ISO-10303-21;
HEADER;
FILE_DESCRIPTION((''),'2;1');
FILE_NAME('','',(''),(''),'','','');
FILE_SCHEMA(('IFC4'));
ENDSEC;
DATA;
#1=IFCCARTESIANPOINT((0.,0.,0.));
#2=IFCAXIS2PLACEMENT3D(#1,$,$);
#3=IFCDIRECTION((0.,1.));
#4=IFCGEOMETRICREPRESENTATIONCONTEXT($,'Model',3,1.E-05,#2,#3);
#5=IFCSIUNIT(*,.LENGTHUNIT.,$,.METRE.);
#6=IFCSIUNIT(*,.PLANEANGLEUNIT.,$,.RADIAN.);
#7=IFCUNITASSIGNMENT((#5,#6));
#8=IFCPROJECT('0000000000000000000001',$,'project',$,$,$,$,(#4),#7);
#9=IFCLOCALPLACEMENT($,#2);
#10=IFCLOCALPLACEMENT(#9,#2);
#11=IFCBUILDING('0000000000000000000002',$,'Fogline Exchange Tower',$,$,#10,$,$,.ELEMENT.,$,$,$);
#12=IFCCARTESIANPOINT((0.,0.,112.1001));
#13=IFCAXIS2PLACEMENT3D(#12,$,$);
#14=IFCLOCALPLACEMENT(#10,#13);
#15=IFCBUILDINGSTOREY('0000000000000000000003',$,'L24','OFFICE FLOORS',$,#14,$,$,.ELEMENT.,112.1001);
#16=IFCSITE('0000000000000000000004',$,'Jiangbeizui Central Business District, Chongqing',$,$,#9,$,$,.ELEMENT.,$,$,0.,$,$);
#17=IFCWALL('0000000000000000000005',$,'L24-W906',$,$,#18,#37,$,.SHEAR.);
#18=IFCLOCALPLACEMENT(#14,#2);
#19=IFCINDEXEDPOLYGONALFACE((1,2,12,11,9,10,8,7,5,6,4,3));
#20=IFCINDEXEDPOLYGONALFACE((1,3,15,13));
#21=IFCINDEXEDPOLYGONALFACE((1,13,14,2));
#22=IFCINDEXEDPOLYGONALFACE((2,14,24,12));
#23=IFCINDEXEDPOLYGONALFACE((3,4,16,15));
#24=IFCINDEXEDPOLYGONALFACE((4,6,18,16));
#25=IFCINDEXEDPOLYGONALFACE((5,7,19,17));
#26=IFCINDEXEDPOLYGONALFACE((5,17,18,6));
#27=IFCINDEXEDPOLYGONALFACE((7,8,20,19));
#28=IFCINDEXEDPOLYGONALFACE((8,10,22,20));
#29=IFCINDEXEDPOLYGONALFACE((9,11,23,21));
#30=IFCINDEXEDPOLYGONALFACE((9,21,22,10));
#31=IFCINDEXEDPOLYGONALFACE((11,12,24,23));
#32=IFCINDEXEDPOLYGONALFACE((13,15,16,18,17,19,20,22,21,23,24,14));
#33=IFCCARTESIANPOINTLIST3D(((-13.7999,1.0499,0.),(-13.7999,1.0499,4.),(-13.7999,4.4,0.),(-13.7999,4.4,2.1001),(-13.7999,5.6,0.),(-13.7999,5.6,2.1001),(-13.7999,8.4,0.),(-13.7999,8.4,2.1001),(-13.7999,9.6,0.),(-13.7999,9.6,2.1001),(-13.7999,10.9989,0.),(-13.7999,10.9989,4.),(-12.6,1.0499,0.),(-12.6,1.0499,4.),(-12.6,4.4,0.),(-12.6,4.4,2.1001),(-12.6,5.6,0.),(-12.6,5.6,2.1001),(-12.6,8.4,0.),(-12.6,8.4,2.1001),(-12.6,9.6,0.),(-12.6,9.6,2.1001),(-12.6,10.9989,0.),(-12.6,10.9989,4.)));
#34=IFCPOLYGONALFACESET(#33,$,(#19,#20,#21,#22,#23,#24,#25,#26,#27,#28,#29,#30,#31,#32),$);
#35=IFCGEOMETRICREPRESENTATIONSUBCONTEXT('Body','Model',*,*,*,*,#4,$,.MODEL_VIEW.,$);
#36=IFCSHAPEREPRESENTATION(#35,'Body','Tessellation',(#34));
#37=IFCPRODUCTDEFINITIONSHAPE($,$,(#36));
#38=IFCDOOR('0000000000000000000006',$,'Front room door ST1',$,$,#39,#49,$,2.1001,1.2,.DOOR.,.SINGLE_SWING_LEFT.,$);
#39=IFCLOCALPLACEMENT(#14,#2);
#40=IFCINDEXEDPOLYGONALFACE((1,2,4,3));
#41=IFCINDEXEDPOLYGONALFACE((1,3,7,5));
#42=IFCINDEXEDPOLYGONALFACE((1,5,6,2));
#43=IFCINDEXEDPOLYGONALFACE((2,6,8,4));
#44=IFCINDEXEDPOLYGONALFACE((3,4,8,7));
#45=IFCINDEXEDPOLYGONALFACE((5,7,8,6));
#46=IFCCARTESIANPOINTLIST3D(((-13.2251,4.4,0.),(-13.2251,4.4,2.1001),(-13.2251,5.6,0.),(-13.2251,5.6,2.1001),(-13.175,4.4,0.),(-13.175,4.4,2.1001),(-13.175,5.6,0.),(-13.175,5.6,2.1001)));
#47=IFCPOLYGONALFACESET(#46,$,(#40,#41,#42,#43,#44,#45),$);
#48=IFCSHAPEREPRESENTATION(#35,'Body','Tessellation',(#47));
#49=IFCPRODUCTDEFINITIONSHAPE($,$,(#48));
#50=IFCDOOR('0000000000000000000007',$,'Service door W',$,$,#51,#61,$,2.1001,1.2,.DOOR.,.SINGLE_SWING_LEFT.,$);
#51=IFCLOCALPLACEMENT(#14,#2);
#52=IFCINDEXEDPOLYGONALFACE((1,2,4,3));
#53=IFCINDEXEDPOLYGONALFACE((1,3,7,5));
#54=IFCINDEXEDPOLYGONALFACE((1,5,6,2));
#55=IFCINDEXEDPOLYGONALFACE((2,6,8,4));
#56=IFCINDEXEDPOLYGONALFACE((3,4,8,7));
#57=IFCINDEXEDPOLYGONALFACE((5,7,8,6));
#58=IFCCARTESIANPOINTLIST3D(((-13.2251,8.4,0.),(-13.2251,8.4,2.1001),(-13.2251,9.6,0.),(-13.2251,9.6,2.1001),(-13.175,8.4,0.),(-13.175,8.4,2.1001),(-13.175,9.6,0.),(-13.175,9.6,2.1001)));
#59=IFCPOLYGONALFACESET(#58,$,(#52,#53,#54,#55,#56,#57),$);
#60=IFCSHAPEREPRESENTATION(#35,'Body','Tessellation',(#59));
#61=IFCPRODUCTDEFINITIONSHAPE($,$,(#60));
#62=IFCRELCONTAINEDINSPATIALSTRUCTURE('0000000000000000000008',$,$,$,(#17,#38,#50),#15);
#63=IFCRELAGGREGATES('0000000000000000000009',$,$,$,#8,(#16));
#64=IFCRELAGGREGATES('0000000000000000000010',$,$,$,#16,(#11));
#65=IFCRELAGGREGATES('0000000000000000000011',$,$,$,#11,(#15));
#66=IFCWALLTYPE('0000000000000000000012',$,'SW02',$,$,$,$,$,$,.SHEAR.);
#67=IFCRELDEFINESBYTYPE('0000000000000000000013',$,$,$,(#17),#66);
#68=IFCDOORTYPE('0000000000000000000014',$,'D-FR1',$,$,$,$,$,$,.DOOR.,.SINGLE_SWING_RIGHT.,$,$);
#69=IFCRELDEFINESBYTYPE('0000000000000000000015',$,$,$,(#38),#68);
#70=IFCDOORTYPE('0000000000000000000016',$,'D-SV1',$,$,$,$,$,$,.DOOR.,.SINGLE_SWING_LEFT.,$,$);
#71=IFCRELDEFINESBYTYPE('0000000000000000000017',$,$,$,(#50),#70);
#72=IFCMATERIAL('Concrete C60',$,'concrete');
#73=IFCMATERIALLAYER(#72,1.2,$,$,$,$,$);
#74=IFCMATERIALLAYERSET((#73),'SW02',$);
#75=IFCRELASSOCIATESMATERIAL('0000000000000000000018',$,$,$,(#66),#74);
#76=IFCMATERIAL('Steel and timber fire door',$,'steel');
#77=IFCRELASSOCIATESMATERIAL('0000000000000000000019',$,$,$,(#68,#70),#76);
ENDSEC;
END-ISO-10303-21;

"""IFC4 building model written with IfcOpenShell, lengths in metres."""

from ifc_helpers import new_model, si_unit, direction, frame, frame_2d, origin, place, context, subcontext, project, spatial, rectangle, extrude, material, layer, layer_set, type_object, element, fill, save


model = new_model("IFC4")

# Units and contexts
model_context = context("Model", 3, precision=1e-05, world=origin(), true_north=direction((0.0, 1.0)))
body_context = subcontext(model_context, "Body", "Model", "MODEL_VIEW")
ifc_project = project(units=[si_unit("LENGTHUNIT", "METRE"), si_unit("PLANEANGLEUNIT", "RADIAN")], contexts=[model_context])

# Site, building, storey
site_placement = place(None, origin())
site = spatial("IfcSite", under=ifc_project, at=site_placement, Name="Jiangbeizui Central Business District, Chongqing", CompositionType="ELEMENT", RefElevation=0.0)
building_placement = place(site_placement, origin())
building = spatial("IfcBuilding", under=site, at=building_placement, Name="Fogline Exchange Tower", CompositionType="ELEMENT")
storey_placement = place(building_placement, frame((0.0, 0.0, 112.1001)))
storey = spatial("IfcBuildingStorey", under=building, at=storey_placement, Name="L24", Description="OFFICE FLOORS", CompositionType="ELEMENT", Elevation=112.1001)

# Shared definitions
ifc_material_1 = material(Name="Concrete C60", Category="concrete")
ifc_layer_1 = layer(ifc_material_1, 1.2)
ifc_layer_set_1 = layer_set([ifc_layer_1], Name="SW02")
wall_type_1 = type_object("IfcWallType", Name="SW02", PredefinedType="SHEAR", material=ifc_layer_set_1)

# Wall, openings, doors
wall_1_placement = place(storey_placement, frame((-13.2, 10.999, 0.0), z_axis=(0.0, 0.0, 1.0), x_axis=(0.0, -1.0, 0.0)))
wall_1 = element("IfcWall", 1, at=wall_1_placement, inside=storey, type_object=wall_type_1, Name="L24-W906", PredefinedType="SHEAR", context=body_context, shape_type="SweptSolid", body=[
    extrude(rectangle(XDim=9.949, YDim=1.2, at=frame_2d((4.9746, 0.0))), origin(), (0.0, 0.0, 1.0), 4.0),
])
opening_1_placement = place(wall_1_placement, frame((5.3989, 0.0, 0.0)))
opening_1 = element("IfcOpeningElement", 2, at=opening_1_placement, cuts=wall_1, PredefinedType="OPENING", context=body_context, shape_type="SweptSolid", body=[
    extrude(rectangle(XDim=1.2, YDim=2.1001, at=frame_2d((0.6001, 1.05))), frame((0.0, 0.6099, 0.0), z_axis=(0.0, -1.0, 0.0), x_axis=(1.0, 0.0, 0.0)), (0.0, 0.0, 1.0), 1.22),
])
opening_2_placement = place(wall_1_placement, frame((1.3989, 0.0, 0.0)))
opening_2 = element("IfcOpeningElement", 3, at=opening_2_placement, cuts=wall_1, PredefinedType="OPENING", context=body_context, shape_type="SweptSolid", body=[
    extrude(rectangle(XDim=1.2, YDim=2.1001, at=frame_2d((0.6001, 1.05))), frame((0.0, 0.6099, 0.0), z_axis=(0.0, -1.0, 0.0), x_axis=(1.0, 0.0, 0.0)), (0.0, 0.0, 1.0), 1.22),
])
ifc_material_2 = material(Name="Steel and timber fire door", Category="steel")
door_type_1 = type_object("IfcDoorType", Name="D-FR1", OperationType="SINGLE_SWING_RIGHT", PredefinedType="DOOR", material=ifc_material_2)
door_1_placement = place(opening_1_placement, origin())
door_1 = element("IfcDoor", 4, at=door_1_placement, inside=storey, type_object=door_type_1, Name="Front room door ST1", OperationType="SINGLE_SWING_LEFT", OverallHeight=2.1001, OverallWidth=1.2, PredefinedType="DOOR", context=body_context, shape_type="SweptSolid", body=[
    extrude(rectangle(XDim=1.2, YDim=2.1001, at=frame_2d((0.6001, 1.05))), frame((0.0, 0.0249, 0.0), z_axis=(0.0, -1.0, 0.0), x_axis=(1.0, 0.0, 0.0)), (0.0, 0.0, 1.0), 0.05),
])
fill(opening_1, door_1)
door_type_2 = type_object("IfcDoorType", Name="D-SV1", OperationType="SINGLE_SWING_LEFT", PredefinedType="DOOR", material=ifc_material_2)
door_2_placement = place(opening_2_placement, origin())
door_2 = element("IfcDoor", 5, at=door_2_placement, inside=storey, type_object=door_type_2, Name="Service door W", OperationType="SINGLE_SWING_LEFT", OverallHeight=2.1001, OverallWidth=1.2, PredefinedType="DOOR", context=body_context, shape_type="SweptSolid", body=[
    extrude(rectangle(XDim=1.2, YDim=2.1001, at=frame_2d((0.6001, 1.05))), frame((0.0, 0.0249, 0.0), z_axis=(0.0, -1.0, 0.0), x_axis=(1.0, 0.0, 0.0)), (0.0, 0.0, 1.0), 0.05),
])
fill(opening_2, door_2)

save(model, "model.ifc")
